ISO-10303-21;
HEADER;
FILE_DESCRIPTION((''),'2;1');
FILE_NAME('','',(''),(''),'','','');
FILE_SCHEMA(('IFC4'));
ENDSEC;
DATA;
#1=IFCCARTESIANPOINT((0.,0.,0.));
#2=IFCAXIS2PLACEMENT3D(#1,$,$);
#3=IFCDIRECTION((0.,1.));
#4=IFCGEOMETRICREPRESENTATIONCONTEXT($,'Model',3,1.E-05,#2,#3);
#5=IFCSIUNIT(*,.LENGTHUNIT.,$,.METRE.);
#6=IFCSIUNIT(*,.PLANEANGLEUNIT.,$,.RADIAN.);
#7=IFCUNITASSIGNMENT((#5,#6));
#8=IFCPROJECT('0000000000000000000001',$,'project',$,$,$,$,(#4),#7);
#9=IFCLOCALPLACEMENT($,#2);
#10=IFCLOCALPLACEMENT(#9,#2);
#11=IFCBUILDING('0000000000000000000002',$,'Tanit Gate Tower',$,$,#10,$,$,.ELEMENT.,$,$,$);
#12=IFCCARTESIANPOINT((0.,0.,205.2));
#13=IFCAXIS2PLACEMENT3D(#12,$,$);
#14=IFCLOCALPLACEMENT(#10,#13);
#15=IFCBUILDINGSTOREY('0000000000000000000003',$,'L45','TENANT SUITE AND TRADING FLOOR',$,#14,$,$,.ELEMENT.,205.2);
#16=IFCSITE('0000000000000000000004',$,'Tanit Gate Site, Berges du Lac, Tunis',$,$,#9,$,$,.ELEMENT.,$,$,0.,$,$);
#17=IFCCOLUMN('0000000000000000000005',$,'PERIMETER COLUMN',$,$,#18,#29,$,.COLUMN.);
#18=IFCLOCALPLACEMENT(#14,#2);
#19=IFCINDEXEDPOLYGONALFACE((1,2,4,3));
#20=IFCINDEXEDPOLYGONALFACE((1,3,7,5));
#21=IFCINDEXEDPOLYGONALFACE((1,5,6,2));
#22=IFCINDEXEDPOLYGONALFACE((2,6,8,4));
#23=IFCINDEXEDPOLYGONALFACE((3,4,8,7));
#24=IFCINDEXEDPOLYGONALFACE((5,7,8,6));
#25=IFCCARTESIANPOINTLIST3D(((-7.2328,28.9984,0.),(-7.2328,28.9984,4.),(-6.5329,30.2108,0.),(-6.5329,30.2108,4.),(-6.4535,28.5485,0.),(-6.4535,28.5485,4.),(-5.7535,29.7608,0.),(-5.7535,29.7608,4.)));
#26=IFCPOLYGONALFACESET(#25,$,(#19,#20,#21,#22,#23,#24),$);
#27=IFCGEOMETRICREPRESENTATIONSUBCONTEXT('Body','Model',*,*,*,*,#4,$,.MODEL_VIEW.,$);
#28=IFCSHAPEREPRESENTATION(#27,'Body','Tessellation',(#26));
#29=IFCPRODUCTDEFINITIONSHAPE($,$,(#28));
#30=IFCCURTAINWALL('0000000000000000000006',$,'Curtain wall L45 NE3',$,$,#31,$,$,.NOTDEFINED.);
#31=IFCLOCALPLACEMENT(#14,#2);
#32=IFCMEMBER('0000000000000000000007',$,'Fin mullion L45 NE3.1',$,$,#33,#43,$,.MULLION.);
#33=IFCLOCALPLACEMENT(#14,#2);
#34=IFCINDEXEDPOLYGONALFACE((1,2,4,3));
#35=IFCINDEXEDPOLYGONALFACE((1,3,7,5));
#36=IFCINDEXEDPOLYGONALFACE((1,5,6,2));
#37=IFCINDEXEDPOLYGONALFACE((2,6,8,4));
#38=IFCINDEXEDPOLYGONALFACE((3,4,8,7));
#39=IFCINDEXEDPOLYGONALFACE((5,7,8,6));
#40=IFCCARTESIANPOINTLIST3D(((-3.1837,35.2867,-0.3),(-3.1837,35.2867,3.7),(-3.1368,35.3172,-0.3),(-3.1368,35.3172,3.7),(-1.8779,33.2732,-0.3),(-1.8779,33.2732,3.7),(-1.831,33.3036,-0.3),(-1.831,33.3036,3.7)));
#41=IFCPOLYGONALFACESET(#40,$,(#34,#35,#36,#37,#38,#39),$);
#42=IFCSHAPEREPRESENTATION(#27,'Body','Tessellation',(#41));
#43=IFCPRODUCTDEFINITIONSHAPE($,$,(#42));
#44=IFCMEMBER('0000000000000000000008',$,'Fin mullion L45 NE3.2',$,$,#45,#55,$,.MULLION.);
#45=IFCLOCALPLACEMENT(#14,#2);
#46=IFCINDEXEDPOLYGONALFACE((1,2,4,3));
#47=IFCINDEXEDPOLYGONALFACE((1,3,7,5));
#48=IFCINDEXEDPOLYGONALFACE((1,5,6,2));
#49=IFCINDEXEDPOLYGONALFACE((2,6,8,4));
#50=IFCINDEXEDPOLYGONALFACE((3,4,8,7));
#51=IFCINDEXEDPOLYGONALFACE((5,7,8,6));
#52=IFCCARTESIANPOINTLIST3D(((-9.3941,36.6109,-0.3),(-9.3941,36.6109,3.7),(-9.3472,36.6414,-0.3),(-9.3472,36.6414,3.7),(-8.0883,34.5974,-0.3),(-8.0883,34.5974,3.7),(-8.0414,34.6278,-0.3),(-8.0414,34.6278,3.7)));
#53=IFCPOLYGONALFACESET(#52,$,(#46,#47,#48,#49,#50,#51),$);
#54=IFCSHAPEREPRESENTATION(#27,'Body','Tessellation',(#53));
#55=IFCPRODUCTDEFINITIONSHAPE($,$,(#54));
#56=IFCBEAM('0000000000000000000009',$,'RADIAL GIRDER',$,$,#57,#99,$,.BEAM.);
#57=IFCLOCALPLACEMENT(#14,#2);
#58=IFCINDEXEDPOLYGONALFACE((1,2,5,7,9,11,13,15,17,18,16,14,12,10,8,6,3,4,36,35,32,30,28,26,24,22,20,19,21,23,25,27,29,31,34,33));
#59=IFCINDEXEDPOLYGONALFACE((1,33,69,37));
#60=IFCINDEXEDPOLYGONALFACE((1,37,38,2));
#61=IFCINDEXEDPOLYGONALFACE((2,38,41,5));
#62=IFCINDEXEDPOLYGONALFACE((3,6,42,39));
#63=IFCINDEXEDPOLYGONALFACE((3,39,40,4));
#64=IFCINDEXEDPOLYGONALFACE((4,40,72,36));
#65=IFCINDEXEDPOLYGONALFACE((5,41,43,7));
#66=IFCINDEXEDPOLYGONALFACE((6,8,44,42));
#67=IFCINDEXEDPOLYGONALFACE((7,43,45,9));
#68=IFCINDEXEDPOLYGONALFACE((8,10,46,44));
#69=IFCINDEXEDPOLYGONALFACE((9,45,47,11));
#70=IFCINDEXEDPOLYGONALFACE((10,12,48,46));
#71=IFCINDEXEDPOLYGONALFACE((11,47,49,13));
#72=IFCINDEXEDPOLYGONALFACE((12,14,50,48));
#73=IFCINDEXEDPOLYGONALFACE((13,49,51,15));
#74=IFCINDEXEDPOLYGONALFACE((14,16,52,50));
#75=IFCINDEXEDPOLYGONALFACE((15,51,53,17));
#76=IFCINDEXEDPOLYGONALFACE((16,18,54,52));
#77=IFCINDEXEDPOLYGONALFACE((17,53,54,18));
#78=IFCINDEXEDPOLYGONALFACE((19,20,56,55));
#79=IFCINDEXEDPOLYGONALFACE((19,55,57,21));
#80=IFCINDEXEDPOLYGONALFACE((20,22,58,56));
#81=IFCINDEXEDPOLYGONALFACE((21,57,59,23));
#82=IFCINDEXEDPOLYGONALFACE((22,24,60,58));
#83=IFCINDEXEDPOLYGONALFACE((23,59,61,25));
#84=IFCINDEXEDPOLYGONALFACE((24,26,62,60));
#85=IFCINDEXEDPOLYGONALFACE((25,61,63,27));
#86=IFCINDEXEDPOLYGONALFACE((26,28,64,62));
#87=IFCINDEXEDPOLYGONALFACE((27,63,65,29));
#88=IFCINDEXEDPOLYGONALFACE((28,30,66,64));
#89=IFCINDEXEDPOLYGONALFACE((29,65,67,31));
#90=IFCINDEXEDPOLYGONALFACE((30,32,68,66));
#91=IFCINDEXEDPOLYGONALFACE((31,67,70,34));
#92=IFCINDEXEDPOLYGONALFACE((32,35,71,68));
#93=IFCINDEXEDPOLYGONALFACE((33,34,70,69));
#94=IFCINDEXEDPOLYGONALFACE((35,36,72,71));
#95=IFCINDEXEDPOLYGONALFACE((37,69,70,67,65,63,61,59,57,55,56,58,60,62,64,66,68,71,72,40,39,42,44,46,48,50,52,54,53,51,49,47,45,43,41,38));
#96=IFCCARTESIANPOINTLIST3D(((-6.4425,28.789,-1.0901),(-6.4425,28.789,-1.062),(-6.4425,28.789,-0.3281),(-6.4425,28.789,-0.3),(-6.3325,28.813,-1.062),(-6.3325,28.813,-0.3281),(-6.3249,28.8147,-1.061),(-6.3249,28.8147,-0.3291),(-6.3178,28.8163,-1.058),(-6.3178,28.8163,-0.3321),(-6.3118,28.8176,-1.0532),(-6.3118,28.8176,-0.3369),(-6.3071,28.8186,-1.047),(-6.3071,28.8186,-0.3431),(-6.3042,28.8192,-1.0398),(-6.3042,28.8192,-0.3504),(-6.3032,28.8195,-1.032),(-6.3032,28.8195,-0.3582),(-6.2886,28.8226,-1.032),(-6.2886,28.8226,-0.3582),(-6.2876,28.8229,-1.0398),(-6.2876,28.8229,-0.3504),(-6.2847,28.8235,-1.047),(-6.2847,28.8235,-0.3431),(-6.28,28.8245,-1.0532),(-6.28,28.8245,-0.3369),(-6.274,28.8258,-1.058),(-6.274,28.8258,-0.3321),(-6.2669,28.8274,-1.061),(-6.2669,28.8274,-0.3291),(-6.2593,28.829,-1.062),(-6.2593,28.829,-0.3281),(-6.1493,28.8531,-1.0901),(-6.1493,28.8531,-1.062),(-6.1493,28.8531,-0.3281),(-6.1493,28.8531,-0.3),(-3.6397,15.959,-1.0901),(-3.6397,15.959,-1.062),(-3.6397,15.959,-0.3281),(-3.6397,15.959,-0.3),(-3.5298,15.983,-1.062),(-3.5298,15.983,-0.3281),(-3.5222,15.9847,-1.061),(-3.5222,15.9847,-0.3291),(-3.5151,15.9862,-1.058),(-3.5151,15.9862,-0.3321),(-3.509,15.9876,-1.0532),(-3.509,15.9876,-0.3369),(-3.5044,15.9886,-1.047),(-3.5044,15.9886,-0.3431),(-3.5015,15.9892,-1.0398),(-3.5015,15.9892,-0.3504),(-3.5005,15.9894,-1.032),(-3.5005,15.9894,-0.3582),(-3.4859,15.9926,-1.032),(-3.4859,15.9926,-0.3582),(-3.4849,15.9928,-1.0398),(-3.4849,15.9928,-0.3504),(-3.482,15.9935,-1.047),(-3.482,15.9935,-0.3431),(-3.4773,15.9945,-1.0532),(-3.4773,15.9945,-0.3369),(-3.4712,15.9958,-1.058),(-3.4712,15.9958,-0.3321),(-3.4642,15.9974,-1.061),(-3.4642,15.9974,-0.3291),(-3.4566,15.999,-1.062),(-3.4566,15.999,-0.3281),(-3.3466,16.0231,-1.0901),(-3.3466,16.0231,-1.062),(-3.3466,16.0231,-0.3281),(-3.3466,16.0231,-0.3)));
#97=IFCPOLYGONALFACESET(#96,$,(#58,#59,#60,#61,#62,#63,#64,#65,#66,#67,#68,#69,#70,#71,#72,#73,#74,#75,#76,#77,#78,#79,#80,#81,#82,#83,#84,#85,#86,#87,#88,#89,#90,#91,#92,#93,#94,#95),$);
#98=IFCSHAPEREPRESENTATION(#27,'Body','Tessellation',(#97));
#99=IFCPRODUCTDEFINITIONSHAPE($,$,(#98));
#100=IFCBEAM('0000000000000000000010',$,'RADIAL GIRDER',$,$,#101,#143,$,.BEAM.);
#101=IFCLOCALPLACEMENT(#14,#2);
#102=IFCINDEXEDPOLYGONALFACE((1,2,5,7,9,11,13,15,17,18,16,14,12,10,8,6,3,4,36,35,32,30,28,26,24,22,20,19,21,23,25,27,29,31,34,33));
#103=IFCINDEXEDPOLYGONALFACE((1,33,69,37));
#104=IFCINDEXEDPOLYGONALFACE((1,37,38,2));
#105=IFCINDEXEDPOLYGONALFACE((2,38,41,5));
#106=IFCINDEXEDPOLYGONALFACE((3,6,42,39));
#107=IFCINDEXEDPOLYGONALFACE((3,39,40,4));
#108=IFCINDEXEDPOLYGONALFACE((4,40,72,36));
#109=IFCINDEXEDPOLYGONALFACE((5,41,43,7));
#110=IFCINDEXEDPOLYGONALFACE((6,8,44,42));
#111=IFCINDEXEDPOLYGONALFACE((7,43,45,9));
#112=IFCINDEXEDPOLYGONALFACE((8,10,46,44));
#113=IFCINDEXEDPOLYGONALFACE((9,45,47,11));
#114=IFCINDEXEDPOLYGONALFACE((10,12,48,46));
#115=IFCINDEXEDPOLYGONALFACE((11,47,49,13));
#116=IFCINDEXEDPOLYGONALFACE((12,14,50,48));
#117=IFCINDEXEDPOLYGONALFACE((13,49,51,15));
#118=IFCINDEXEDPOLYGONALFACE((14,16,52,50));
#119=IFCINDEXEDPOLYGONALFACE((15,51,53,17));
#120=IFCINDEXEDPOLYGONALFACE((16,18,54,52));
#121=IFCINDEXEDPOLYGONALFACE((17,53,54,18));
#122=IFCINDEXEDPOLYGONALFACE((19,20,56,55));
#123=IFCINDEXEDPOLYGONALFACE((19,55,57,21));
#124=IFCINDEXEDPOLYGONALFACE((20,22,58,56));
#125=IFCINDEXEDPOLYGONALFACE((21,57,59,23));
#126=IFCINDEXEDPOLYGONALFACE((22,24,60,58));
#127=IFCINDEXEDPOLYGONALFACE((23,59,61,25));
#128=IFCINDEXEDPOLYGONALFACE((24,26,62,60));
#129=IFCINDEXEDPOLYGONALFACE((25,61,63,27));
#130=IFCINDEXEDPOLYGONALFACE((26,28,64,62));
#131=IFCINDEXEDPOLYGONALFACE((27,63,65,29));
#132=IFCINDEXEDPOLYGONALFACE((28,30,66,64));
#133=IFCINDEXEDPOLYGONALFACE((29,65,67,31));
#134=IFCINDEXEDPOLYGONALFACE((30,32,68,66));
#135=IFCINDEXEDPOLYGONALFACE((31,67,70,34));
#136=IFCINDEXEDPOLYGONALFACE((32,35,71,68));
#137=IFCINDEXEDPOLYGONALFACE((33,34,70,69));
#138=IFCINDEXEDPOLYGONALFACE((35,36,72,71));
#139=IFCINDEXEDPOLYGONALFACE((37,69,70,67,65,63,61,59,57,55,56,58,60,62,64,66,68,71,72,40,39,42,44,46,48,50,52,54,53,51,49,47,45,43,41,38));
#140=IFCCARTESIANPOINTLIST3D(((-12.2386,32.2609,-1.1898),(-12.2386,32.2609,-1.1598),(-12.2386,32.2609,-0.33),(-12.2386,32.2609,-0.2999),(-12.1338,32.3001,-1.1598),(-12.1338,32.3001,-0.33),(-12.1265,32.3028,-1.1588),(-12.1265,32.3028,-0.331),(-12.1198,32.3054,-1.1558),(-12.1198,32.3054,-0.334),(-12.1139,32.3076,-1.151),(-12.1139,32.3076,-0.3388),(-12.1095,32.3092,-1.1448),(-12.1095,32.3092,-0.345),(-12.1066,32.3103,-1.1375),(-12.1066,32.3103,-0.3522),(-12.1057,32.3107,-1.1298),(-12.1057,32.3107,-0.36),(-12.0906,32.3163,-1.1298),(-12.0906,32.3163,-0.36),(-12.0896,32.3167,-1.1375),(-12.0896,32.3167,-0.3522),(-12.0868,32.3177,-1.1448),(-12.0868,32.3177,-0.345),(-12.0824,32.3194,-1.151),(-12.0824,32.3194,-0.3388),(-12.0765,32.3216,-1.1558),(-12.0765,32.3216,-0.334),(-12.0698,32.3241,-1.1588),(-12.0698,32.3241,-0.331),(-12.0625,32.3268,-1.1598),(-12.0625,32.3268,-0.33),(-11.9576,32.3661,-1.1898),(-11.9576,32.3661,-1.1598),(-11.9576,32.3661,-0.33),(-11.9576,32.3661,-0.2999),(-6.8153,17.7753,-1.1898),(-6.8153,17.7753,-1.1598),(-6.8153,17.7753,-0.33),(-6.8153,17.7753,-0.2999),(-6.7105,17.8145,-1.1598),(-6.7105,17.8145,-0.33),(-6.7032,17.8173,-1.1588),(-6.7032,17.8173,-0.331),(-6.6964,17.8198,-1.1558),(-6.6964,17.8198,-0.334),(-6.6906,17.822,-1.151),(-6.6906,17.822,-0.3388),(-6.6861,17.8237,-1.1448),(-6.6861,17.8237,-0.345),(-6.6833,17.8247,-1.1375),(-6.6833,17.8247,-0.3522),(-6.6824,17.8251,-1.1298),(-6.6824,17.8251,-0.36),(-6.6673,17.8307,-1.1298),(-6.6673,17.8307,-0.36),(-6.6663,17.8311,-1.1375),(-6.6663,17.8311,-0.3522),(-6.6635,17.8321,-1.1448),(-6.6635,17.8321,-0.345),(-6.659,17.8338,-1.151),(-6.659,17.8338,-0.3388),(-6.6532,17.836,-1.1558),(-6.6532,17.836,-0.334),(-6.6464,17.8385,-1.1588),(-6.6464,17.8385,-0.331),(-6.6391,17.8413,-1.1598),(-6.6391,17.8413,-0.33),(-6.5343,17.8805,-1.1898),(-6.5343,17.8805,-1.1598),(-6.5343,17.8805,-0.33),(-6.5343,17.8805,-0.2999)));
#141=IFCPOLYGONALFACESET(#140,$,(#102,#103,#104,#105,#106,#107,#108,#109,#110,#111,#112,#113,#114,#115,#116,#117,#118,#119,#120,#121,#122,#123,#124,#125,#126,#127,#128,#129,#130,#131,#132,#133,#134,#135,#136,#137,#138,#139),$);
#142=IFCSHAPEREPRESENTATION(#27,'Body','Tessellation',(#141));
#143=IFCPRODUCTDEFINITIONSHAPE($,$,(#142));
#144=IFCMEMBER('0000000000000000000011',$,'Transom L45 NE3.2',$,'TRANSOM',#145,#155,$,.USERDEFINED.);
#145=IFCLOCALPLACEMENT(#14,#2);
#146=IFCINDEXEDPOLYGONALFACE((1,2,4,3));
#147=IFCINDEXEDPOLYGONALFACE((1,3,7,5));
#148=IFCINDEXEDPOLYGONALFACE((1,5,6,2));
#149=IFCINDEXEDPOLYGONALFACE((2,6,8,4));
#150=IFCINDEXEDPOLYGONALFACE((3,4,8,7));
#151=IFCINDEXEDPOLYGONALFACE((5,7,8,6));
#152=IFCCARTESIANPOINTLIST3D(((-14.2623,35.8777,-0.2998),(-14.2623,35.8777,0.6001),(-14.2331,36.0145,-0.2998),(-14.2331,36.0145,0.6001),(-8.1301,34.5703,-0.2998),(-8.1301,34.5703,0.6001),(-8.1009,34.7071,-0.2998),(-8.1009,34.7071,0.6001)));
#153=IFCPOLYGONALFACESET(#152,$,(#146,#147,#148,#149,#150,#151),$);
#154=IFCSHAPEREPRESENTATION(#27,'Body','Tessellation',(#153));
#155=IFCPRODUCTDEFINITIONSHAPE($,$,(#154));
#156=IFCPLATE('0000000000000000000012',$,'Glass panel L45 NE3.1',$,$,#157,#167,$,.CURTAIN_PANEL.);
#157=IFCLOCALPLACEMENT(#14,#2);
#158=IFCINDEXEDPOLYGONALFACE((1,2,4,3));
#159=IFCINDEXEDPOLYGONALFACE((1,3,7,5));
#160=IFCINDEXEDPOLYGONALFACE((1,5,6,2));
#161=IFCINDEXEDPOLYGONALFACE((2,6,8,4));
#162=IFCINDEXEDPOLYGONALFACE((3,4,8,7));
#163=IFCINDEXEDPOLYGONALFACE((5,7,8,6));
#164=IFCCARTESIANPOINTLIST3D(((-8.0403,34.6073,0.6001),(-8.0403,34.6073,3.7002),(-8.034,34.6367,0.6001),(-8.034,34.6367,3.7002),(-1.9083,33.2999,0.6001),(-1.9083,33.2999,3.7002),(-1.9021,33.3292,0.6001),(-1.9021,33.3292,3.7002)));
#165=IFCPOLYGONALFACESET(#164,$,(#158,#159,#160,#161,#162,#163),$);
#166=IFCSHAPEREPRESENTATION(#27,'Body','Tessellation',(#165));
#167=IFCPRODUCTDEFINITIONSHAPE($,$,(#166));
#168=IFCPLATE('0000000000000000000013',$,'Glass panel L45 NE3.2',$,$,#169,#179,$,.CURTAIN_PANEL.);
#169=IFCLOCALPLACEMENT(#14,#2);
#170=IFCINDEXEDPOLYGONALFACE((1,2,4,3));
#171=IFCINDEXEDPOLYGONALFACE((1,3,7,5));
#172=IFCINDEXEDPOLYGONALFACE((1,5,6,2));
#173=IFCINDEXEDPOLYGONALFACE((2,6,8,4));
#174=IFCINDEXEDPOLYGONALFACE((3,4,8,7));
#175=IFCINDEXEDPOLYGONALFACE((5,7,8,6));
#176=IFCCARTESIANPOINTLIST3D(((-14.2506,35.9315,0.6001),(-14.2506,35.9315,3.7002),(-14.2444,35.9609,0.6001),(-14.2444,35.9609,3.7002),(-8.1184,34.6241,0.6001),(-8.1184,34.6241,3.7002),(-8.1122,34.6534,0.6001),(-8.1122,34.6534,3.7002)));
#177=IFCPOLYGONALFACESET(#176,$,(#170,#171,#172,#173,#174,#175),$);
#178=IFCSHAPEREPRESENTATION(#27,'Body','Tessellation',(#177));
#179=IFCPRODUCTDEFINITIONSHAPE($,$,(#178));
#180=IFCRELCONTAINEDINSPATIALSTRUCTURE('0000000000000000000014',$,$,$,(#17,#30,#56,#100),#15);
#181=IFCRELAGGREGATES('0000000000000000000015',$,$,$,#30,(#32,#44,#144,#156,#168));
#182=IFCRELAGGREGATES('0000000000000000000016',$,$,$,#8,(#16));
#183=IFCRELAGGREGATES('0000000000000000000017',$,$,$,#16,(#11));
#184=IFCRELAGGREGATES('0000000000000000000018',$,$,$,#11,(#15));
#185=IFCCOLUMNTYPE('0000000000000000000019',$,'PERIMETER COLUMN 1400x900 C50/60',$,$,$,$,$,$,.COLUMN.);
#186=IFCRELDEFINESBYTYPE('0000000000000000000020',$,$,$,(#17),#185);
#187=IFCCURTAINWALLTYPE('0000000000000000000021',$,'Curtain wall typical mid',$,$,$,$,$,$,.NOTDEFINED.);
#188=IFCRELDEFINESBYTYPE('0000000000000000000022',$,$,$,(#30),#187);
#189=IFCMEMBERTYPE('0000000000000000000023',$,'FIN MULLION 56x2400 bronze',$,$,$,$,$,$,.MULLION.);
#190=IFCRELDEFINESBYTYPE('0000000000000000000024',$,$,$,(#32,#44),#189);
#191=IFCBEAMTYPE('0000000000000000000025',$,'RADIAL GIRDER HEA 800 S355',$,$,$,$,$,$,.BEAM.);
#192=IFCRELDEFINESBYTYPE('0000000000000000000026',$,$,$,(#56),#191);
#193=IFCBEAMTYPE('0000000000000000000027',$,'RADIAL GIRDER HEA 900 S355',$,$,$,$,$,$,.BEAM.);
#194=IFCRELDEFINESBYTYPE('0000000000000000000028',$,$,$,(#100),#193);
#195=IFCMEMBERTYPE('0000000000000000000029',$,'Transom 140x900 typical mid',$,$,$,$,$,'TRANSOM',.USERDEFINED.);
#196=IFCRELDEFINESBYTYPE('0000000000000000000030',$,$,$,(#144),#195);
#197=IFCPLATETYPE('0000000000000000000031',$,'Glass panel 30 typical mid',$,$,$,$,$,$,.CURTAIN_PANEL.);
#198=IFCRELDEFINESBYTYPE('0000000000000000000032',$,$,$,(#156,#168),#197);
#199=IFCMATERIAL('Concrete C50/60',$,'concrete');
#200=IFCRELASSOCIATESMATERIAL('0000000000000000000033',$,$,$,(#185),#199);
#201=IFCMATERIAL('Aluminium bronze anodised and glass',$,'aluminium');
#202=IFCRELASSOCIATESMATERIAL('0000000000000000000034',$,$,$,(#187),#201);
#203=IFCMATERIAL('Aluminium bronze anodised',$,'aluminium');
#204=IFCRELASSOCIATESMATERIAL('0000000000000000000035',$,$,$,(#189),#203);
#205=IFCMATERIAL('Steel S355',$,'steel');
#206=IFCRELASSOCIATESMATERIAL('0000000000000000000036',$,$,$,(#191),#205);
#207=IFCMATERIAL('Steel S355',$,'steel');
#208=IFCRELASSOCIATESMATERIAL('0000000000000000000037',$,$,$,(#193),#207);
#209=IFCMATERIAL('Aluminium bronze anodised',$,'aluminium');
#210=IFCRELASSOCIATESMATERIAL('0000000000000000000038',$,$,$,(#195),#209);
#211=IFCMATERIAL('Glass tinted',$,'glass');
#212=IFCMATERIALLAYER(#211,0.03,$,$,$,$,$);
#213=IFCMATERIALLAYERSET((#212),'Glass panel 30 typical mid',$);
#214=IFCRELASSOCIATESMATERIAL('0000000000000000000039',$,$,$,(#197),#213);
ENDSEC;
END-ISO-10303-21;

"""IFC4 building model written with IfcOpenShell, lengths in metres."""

from ifc_helpers import new_model, si_unit, direction, frame, origin, origin_2d, place, context, subcontext, project, spatial, rectangle, i_section, extrude, material, layer, layer_set, material_profile, profile_set, type_object, element, aggregate, save


model = new_model("IFC4")

# Units and contexts
model_context = context("Model", 3, precision=1e-05, world=origin(), true_north=direction((0.0, 1.0)))
body_context = subcontext(model_context, "Body", "Model", "MODEL_VIEW")
ifc_project = project(units=[si_unit("LENGTHUNIT", "METRE"), si_unit("PLANEANGLEUNIT", "RADIAN")], contexts=[model_context])

# Site, building, storey
site_placement = place(None, origin())
site = spatial("IfcSite", under=ifc_project, at=site_placement, Name="Tanit Gate Site, Berges du Lac, Tunis", CompositionType="ELEMENT", RefElevation=0.0)
building_placement = place(site_placement, origin())
building = spatial("IfcBuilding", under=site, at=building_placement, Name="Tanit Gate Tower", CompositionType="ELEMENT")
storey_placement = place(building_placement, frame((0.0, 0.0, 205.2)))
storey = spatial("IfcBuildingStorey", under=building, at=storey_placement, Name="L45", Description="TENANT SUITE AND TRADING FLOOR", CompositionType="ELEMENT", Elevation=205.2)

# Column
ifc_material_1 = material(Name="Concrete C50/60", Category="concrete")
ifc_material_profile_1 = material_profile(ifc_material_1, rectangle(XDim=1.3999, YDim=0.8999, at=origin_2d()), Name="RC 1400x900")
ifc_profile_set_1 = profile_set([ifc_material_profile_1], Name="Concrete C50/60")
column_type = type_object("IfcColumnType", Name="PERIMETER COLUMN 1400x900 C50/60", PredefinedType="COLUMN", material=ifc_profile_set_1)
column_placement = place(storey_placement, frame((-6.4932, 29.3796, 0.0), z_axis=(0.0, 0.0, 1.0), x_axis=(0.5, 0.866025, 0.0)))
element("IfcColumn", 1, at=column_placement, inside=storey, type_object=column_type, Name="PERIMETER COLUMN", PredefinedType="COLUMN", context=body_context, shape_type="SweptSolid", body=[
    extrude(rectangle(XDim=1.3999, YDim=0.8999, at=origin_2d()), origin(), (0.0, 0.0, 1.0), 4.0),
])

# Curtain wall, members
ifc_material_2 = material(Name="Aluminium bronze anodised and glass", Category="aluminium")
curtain_wall_type = type_object("IfcCurtainWallType", Name="Curtain wall typical mid", PredefinedType="NOTDEFINED", material=ifc_material_2)
curtain_wall_placement = place(storey_placement, origin())
curtain_wall = element("IfcCurtainWall", 2, at=curtain_wall_placement, inside=storey, type_object=curtain_wall_type, Name="Curtain wall L45 NE3", PredefinedType="NOTDEFINED")
ifc_material_3 = material(Name="Aluminium bronze anodised", Category="aluminium")
ifc_material_profile_2 = material_profile(ifc_material_3, rectangle(XDim=2.3999, YDim=0.0559, at=origin_2d()), Name="56x2400 bronze fin mullion")
ifc_profile_set_2 = profile_set([ifc_material_profile_2], Name="Aluminium bronze anodised")
member_type_1 = type_object("IfcMemberType", Name="FIN MULLION 56x2400 bronze", PredefinedType="MULLION", material=ifc_profile_set_2)
member_1_placement = place(storey_placement, frame((-2.5073, 34.2952, -0.3), z_axis=(0.0, 0.0, 1.0), x_axis=(0.544112, -0.839013, 0.0)))
member_1 = element("IfcMember", 3, at=member_1_placement, type_object=member_type_1, Name="Fin mullion L45 NE3.1", PredefinedType="MULLION", context=body_context, shape_type="SweptSolid", body=[
    extrude(rectangle(XDim=2.3999, YDim=0.0559, at=origin_2d()), origin(), (0.0, 0.0, 1.0), 4.0),
])
member_2_placement = place(storey_placement, frame((-8.7178, 35.6194, -0.3), z_axis=(0.0, 0.0, 1.0), x_axis=(0.544112, -0.839013, 0.0)))
member_2 = element("IfcMember", 4, at=member_2_placement, type_object=member_type_1, Name="Fin mullion L45 NE3.2", PredefinedType="MULLION", context=body_context, shape_type="SweptSolid", body=[
    extrude(rectangle(XDim=2.3999, YDim=0.0559, at=origin_2d()), origin(), (0.0, 0.0, 1.0), 4.0),
])

# Beams
ifc_material_4 = material(Name="Steel S355", Category="steel")
ifc_material_profile_3 = material_profile(ifc_material_4, i_section(OverallWidth=0.3, OverallDepth=0.79, WebThickness=0.0149, FlangeThickness=0.0281, FilletRadius=0.03, at=origin_2d()), Name="HEA 800")
ifc_profile_set_3 = profile_set([ifc_material_profile_3], Name="Steel S355")
beam_type_1 = type_object("IfcBeamType", Name="RADIAL GIRDER HEA 800 S355", PredefinedType="BEAM", material=ifc_profile_set_3)
beam_1_placement = place(storey_placement, frame((-6.2959, 28.821, -0.6951), z_axis=(0.213417, -0.976961, 0.0), x_axis=(0.976961, 0.213417, 0.0)))
element("IfcBeam", 5, at=beam_1_placement, inside=storey, type_object=beam_type_1, Name="RADIAL GIRDER", PredefinedType="BEAM", context=body_context, shape_type="SweptSolid", body=[
    extrude(i_section(OverallWidth=0.3, OverallDepth=0.79, WebThickness=0.0149, FlangeThickness=0.0281, FilletRadius=0.03, at=origin_2d()), origin(), (0.0, 0.0, 1.0), 13.1326),
])
ifc_material_5 = material(Name="Steel S355", Category="steel")
ifc_material_profile_4 = material_profile(ifc_material_5, i_section(OverallWidth=0.3, OverallDepth=0.8899, WebThickness=0.0161, FlangeThickness=0.03, FilletRadius=0.03, at=origin_2d()), Name="HEA 900")
ifc_profile_set_4 = profile_set([ifc_material_profile_4], Name="Steel S355")
beam_type_2 = type_object("IfcBeamType", Name="RADIAL GIRDER HEA 900 S355", PredefinedType="BEAM", material=ifc_profile_set_4)
beam_2_placement = place(storey_placement, frame((-12.0981, 32.3135, -0.7449), z_axis=(0.350627, -0.936515, 0.0), x_axis=(0.936515, 0.350627, 0.0)))
element("IfcBeam", 6, at=beam_2_placement, inside=storey, type_object=beam_type_2, Name="RADIAL GIRDER", PredefinedType="BEAM", context=body_context, shape_type="SweptSolid", body=[
    extrude(i_section(OverallWidth=0.3, OverallDepth=0.8899, WebThickness=0.0161, FlangeThickness=0.03, FilletRadius=0.03, at=origin_2d()), origin(), (0.0, 0.0, 1.0), 15.4675),
])

# Member
ifc_material_6 = material(Name="Aluminium bronze anodised", Category="aluminium")
ifc_material_profile_5 = material_profile(ifc_material_6, rectangle(XDim=0.1399, YDim=0.8999, at=origin_2d()), Name="140x900 bronze transom")
ifc_profile_set_5 = profile_set([ifc_material_profile_5], Name="Aluminium bronze anodised")
member_type_2 = type_object("IfcMemberType", Name="Transom 140x900 typical mid", ElementType="TRANSOM", PredefinedType="USERDEFINED", material=ifc_profile_set_5)
member_3_placement = place(storey_placement, frame((-8.1155, 34.6387, 0.1501), z_axis=(-0.978019, 0.208516, 0.0), x_axis=(-0.208516, -0.978019, 0.0)))
member_3 = element("IfcMember", 7, at=member_3_placement, type_object=member_type_2, Name="Transom L45 NE3.2", ObjectType="TRANSOM", PredefinedType="USERDEFINED", context=body_context, shape_type="SweptSolid", body=[
    extrude(rectangle(XDim=0.1399, YDim=0.8999, at=origin_2d()), origin(), (0.0, 0.0, 1.0), 6.27),
])

# Plates
ifc_material_7 = material(Name="Glass tinted", Category="glass")
ifc_layer_1 = layer(ifc_material_7, 0.03)
ifc_layer_set_1 = layer_set([ifc_layer_1], Name="Glass panel 30 typical mid")
plate_type = type_object("IfcPlateType", Name="Glass panel 30 typical mid", PredefinedType="CURTAIN_PANEL", material=ifc_layer_set_1)
plate_1_placement = place(storey_placement, frame((-4.9712, 33.9683, 0.6001), z_axis=(0.0, 0.0, 1.0), x_axis=(-0.978017, 0.208527, 0.0)))
plate_1 = element("IfcPlate", 8, at=plate_1_placement, type_object=plate_type, Name="Glass panel L45 NE3.1", PredefinedType="CURTAIN_PANEL", context=body_context, shape_type="SweptSolid", body=[
    extrude(rectangle(XDim=6.2698, YDim=0.03, at=origin_2d()), origin(), (0.0, 0.0, 1.0), 3.1001),
])
plate_2_placement = place(storey_placement, frame((-11.1814, 35.2925, 0.6001), z_axis=(0.0, 0.0, 1.0), x_axis=(-0.978017, 0.208527, 0.0)))
plate_2 = element("IfcPlate", 9, at=plate_2_placement, type_object=plate_type, Name="Glass panel L45 NE3.2", PredefinedType="CURTAIN_PANEL", context=body_context, shape_type="SweptSolid", body=[
    extrude(rectangle(XDim=6.27, YDim=0.03, at=origin_2d()), origin(), (0.0, 0.0, 1.0), 3.1001),
])
aggregate(curtain_wall, [member_1, member_2, member_3, plate_1, plate_2])

save(model, "model.ifc")
